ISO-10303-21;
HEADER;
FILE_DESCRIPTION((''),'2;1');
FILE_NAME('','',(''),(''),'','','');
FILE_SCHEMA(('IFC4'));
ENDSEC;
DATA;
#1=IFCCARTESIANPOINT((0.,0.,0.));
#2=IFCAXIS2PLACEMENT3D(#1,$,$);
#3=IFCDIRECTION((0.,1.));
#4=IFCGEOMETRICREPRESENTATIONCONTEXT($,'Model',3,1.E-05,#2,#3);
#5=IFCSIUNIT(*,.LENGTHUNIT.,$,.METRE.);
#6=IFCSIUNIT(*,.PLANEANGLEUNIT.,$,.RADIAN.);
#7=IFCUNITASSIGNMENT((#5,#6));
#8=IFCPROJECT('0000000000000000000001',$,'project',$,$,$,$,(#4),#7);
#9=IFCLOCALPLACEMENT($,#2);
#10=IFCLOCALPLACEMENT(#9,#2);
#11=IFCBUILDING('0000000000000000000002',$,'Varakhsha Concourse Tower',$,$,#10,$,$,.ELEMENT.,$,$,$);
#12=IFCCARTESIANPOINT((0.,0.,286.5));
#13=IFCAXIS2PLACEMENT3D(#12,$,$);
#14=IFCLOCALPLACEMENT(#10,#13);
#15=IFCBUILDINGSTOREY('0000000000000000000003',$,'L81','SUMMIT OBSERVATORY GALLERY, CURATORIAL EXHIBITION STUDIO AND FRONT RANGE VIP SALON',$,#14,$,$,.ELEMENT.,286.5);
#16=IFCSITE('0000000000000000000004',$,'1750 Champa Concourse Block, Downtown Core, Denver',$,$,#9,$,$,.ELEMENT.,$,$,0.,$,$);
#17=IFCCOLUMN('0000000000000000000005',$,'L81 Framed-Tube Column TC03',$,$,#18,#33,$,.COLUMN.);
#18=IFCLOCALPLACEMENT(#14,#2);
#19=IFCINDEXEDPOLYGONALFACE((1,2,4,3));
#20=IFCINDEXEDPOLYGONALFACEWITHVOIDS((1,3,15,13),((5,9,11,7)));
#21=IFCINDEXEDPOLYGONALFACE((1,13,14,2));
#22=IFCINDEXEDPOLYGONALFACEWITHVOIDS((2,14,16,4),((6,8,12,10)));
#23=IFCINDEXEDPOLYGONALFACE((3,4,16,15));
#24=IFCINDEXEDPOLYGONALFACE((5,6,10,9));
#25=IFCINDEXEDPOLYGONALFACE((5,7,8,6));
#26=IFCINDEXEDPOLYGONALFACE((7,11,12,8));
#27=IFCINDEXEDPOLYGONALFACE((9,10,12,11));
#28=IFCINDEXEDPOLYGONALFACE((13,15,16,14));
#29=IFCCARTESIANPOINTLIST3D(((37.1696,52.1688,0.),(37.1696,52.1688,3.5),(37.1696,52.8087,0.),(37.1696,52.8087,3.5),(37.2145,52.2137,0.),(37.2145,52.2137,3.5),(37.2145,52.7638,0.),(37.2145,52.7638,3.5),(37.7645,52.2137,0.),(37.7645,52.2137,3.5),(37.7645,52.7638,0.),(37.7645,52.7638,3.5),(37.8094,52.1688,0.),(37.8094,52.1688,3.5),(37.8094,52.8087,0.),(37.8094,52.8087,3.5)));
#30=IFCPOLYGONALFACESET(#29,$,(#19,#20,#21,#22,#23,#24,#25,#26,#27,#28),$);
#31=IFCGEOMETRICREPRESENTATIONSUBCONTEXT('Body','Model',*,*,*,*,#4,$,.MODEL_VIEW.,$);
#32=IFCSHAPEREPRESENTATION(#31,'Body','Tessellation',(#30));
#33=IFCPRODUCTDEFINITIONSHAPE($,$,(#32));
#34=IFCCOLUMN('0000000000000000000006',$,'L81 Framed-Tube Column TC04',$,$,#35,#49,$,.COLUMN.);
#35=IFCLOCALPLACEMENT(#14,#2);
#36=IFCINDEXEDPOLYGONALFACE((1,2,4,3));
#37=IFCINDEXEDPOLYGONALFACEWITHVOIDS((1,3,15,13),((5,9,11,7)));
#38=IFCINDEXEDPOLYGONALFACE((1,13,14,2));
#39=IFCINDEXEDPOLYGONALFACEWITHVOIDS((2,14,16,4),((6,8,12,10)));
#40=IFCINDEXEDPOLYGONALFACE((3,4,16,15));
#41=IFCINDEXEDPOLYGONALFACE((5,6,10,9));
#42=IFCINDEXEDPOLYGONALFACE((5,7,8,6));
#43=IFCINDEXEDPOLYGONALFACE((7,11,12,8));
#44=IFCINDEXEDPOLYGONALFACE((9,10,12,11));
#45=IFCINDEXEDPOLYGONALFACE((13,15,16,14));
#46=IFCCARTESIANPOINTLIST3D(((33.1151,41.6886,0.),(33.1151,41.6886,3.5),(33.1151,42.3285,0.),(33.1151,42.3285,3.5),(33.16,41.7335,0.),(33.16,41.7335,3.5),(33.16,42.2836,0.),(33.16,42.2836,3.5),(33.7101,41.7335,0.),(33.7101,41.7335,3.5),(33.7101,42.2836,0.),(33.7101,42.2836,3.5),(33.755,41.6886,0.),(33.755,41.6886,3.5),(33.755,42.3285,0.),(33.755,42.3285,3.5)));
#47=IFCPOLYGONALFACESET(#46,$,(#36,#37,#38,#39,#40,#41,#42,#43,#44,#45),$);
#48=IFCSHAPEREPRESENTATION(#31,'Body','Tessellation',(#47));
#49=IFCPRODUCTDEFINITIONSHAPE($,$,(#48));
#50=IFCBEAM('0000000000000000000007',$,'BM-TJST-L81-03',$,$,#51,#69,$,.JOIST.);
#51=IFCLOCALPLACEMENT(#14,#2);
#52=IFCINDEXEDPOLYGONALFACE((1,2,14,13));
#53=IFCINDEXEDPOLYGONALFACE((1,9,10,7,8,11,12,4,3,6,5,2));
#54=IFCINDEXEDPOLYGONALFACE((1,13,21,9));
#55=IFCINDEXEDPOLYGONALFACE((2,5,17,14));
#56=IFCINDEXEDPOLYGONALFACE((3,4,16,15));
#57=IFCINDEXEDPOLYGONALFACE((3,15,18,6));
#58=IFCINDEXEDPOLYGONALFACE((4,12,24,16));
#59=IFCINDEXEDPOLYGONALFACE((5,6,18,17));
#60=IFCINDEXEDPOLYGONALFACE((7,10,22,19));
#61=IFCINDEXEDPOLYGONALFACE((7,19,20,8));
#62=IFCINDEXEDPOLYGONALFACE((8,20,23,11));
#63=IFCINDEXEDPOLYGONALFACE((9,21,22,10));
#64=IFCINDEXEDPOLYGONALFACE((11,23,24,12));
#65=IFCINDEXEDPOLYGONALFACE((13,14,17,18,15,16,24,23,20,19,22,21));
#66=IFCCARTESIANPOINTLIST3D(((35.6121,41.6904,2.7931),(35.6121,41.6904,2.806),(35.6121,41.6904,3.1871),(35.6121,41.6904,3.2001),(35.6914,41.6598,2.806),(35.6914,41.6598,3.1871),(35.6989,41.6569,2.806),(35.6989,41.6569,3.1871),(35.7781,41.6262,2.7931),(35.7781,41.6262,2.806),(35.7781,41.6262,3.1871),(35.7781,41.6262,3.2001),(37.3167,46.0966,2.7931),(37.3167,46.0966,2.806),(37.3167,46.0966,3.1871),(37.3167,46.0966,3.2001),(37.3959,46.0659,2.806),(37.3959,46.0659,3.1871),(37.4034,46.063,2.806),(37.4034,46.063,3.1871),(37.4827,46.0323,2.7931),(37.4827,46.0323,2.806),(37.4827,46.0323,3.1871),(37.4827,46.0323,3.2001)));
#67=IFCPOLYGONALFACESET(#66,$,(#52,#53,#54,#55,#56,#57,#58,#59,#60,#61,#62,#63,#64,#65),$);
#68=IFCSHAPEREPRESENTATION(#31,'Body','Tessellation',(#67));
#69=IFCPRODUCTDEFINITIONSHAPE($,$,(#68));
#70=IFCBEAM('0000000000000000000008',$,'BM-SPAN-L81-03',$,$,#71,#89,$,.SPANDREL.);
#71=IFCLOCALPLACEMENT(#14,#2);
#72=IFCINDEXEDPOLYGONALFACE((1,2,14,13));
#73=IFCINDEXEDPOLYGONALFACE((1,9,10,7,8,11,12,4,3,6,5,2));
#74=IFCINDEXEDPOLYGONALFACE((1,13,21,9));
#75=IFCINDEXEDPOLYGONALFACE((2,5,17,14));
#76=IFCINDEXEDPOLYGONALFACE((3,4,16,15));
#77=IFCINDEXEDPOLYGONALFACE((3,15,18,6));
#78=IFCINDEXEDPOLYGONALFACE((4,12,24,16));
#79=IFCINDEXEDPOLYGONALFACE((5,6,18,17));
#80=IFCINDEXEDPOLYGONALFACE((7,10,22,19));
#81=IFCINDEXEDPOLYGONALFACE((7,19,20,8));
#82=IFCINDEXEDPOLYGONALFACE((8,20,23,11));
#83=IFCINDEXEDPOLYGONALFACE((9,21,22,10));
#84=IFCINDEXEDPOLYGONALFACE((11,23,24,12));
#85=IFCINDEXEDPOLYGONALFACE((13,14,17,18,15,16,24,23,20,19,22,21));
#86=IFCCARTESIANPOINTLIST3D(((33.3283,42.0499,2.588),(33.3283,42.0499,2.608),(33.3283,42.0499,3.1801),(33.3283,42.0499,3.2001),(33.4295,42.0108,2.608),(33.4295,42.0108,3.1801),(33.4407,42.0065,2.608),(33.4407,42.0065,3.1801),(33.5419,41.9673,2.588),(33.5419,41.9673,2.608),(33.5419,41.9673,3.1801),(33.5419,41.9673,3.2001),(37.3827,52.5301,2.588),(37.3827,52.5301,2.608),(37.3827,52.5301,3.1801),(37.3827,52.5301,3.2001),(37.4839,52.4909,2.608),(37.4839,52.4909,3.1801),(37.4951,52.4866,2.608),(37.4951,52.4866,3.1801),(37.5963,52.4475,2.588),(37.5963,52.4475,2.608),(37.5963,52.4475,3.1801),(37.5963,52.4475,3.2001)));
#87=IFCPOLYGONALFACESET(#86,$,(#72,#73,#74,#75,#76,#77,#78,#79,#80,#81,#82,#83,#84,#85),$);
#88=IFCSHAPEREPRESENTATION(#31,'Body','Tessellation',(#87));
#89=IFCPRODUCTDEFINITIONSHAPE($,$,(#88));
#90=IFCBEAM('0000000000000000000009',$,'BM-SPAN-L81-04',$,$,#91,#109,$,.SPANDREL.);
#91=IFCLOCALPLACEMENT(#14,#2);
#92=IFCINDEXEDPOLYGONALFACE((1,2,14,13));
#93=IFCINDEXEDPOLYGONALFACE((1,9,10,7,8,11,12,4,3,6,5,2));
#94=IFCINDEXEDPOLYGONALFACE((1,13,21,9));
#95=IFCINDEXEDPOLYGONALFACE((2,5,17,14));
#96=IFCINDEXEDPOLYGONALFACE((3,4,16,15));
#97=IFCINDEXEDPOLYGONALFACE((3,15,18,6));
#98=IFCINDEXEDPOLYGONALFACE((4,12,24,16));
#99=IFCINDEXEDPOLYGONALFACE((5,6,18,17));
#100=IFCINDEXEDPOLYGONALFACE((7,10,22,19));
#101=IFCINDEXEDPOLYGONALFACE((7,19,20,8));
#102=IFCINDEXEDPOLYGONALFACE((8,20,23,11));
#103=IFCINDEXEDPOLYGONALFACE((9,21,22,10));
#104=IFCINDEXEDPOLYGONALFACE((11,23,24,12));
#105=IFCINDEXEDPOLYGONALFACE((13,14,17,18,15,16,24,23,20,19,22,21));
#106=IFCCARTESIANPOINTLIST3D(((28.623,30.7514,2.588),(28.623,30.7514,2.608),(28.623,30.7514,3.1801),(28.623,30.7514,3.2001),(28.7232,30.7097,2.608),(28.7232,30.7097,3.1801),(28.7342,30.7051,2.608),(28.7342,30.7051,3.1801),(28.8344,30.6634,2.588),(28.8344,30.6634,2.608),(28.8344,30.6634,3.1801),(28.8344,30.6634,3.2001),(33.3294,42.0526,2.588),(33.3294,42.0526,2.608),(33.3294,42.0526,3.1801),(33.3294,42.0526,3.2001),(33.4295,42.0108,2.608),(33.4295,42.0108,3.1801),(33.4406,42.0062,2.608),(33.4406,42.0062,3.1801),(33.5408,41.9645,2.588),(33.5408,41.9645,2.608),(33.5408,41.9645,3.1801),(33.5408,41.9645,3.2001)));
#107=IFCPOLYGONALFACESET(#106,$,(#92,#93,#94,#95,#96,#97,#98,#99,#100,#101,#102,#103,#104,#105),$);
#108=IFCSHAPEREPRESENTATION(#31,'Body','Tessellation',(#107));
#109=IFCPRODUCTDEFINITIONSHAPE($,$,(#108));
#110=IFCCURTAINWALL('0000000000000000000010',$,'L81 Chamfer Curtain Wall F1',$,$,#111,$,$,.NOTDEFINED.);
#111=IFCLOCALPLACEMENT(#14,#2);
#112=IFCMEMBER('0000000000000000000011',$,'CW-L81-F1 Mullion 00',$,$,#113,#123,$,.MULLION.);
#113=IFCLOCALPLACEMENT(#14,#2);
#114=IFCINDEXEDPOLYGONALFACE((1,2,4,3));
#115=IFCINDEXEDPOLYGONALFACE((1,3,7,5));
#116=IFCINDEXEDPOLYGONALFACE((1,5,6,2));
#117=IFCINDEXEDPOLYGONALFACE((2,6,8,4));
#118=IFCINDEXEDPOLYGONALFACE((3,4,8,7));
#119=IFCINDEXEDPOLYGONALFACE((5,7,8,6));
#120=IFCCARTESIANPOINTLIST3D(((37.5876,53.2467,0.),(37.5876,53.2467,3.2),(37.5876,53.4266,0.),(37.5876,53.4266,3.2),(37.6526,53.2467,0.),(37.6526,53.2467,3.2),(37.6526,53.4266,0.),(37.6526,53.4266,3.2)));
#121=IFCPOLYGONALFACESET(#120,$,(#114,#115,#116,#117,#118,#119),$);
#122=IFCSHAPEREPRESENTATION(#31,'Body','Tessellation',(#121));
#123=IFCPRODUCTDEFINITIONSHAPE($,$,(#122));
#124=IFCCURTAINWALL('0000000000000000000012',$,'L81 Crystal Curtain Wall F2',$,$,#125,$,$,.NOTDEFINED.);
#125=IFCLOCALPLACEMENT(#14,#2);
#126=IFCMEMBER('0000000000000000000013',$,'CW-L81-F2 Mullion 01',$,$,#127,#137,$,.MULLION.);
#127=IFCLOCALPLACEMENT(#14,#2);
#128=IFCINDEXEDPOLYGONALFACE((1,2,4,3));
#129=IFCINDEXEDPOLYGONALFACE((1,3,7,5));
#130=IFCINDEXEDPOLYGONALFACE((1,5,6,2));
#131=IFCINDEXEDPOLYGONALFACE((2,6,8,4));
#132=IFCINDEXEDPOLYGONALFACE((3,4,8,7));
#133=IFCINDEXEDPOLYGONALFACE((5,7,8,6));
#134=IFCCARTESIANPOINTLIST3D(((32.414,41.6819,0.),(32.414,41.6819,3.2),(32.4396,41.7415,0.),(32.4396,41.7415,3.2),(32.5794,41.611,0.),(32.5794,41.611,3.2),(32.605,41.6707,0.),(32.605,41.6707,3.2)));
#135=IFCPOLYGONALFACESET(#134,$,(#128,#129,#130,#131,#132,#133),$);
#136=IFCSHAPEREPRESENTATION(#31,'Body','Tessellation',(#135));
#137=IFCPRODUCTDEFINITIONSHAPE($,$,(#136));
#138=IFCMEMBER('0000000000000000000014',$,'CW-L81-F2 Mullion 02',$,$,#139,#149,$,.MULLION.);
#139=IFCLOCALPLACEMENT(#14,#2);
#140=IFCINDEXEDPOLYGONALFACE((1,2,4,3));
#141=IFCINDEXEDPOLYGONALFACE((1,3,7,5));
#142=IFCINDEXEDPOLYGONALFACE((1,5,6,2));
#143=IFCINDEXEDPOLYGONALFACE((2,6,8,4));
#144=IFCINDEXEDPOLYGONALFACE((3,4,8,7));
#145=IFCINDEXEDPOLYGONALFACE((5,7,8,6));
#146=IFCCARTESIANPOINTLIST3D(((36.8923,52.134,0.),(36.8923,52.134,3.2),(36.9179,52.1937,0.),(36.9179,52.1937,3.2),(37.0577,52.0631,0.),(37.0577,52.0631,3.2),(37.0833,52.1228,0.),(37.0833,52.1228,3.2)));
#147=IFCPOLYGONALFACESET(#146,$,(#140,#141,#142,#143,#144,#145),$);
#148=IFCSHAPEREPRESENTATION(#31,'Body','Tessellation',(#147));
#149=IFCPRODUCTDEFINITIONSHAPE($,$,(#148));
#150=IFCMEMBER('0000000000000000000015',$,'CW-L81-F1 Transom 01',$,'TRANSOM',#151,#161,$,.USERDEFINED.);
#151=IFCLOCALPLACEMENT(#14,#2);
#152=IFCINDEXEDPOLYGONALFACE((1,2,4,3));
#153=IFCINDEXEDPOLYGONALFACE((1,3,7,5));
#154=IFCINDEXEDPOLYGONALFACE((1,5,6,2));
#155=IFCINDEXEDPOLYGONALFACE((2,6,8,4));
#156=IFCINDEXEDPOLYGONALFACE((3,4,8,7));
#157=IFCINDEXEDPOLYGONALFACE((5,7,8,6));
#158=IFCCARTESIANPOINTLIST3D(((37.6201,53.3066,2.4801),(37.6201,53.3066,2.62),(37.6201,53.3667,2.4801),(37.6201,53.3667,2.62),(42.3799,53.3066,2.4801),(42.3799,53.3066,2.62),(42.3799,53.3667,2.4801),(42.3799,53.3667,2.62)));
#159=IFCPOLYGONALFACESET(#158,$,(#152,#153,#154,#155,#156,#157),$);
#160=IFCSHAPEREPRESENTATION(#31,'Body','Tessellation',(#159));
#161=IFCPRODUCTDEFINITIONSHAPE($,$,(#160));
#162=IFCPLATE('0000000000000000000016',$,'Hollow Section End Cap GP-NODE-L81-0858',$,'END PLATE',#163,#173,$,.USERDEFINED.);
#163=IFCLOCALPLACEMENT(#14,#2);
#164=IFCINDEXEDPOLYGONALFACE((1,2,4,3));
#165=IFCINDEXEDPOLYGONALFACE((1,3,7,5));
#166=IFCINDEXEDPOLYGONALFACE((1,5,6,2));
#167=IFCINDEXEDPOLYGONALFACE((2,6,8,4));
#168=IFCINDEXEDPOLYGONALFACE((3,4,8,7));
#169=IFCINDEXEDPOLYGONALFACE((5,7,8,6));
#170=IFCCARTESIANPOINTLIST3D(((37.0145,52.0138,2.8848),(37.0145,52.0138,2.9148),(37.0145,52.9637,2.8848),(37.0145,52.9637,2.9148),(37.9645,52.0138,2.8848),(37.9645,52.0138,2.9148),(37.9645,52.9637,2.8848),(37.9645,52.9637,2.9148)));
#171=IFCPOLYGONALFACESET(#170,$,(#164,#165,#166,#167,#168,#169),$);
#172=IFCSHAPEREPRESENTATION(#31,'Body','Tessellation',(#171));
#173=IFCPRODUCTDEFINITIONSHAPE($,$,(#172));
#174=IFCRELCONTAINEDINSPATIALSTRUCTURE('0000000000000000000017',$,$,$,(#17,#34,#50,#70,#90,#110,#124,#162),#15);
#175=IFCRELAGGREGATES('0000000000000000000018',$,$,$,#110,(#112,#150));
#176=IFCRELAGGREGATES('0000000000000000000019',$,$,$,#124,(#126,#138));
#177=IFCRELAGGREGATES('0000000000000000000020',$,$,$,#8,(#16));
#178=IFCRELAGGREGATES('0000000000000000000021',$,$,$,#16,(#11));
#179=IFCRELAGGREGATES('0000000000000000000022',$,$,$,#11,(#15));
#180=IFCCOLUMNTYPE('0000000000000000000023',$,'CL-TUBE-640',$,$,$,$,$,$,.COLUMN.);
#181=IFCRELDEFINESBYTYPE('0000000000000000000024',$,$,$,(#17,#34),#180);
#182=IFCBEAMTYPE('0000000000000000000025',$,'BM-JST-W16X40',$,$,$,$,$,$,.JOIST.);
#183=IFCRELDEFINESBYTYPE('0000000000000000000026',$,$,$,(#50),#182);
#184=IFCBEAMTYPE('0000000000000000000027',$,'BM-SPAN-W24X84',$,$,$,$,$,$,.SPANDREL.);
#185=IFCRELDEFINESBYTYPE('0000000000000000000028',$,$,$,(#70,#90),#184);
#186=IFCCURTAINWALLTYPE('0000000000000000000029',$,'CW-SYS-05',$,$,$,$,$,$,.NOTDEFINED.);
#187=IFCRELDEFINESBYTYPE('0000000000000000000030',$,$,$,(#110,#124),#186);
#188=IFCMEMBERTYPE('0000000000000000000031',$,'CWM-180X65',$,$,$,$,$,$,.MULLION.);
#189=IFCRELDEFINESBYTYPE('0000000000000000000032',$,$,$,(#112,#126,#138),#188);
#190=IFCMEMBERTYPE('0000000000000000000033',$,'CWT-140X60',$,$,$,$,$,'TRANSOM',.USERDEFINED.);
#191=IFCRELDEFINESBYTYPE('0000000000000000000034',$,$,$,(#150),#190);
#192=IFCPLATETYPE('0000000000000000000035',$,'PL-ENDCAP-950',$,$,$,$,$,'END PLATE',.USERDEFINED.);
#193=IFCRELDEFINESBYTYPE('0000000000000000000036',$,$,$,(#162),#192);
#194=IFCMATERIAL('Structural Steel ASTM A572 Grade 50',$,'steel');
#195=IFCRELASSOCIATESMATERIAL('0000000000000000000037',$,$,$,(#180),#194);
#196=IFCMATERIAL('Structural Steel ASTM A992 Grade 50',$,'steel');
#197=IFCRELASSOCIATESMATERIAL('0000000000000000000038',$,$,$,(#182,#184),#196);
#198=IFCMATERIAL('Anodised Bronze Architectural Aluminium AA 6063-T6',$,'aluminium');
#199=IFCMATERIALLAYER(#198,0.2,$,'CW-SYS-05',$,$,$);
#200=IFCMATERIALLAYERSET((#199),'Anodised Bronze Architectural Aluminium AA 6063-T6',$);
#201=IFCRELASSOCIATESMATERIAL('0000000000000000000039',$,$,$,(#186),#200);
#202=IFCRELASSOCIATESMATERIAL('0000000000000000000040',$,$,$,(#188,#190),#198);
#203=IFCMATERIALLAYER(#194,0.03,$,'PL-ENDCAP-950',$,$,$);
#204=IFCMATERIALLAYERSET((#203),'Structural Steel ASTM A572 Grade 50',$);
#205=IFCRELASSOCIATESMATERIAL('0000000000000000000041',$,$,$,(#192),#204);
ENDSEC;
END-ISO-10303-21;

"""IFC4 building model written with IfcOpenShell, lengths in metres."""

from ifc_helpers import new_model, si_unit, direction, frame, origin, origin_2d, place, context, subcontext, project, spatial, rectangle, hollow_rectangle, i_section, extrude, source, transform, mapped, material, layer, layer_set, material_profile, profile_set, type_object, type_shapes, element, aggregate, save


model = new_model("IFC4")

# Units and contexts
model_context = context("Model", 3, precision=1e-05, world=origin(), true_north=direction((0.0, 1.0)))
body_context = subcontext(model_context, "Body", "Model", "MODEL_VIEW")
ifc_project = project(units=[si_unit("LENGTHUNIT", "METRE"), si_unit("PLANEANGLEUNIT", "RADIAN")], contexts=[model_context])

# Site, building, storey
site_placement = place(None, origin())
site = spatial("IfcSite", under=ifc_project, at=site_placement, Name="1750 Champa Concourse Block, Downtown Core, Denver", CompositionType="ELEMENT", RefElevation=0.0)
building_placement = place(site_placement, origin())
building = spatial("IfcBuilding", under=site, at=building_placement, Name="Varakhsha Concourse Tower", CompositionType="ELEMENT")
storey_placement = place(building_placement, frame((0.0, 0.0, 286.5)))
storey = spatial("IfcBuildingStorey", under=building, at=storey_placement, Name="L81", Description="SUMMIT OBSERVATORY GALLERY, CURATORIAL EXHIBITION STUDIO AND FRONT RANGE VIP SALON", CompositionType="ELEMENT", Elevation=286.5)

# Columns
ifc_material_1 = material(Name="Structural Steel ASTM A572 Grade 50", Category="steel")
ifc_material_profile_1 = material_profile(ifc_material_1, hollow_rectangle(XDim=0.6399, YDim=0.6399, WallThickness=0.0449, at=origin_2d()), Name="BOX 640x640x45")
ifc_profile_set_1 = profile_set([ifc_material_profile_1], Name="Structural Steel ASTM A572 Grade 50")
column_type = type_object("IfcColumnType", Name="CL-TUBE-640", PredefinedType="COLUMN", material=ifc_profile_set_1)
for number, where, z_axis, x_axis, name in (
    (1, (37.4895, 52.4888, 0.0), (0.0, 0.0, 1.0), (1.0, 0.0, 0.0), "L81 Framed-Tube Column TC03"),
    (2, (33.4351, 42.0085, 0.0), (0.0, 0.0, 1.0), (1.0, 0.0, 0.0), "L81 Framed-Tube Column TC04"),
):
    element("IfcColumn", number, at=place(storey_placement, frame(where, z_axis=z_axis, x_axis=x_axis)), inside=storey, type_object=column_type, Name=name, PredefinedType="COLUMN", context=body_context, shape_type="SweptSolid", body=[
        extrude(hollow_rectangle(XDim=0.6399, YDim=0.6399, WallThickness=0.0449, at=origin_2d()), origin(), (0.0, 0.0, 1.0), 3.5),
    ])

# Beams
ifc_material_2 = material(Name="Structural Steel ASTM A992 Grade 50", Category="steel")
ifc_material_profile_2 = material_profile(ifc_material_2, i_section(OverallWidth=0.178, OverallDepth=0.407, WebThickness=0.0081, FlangeThickness=0.0129, at=origin_2d()), Name="W16X40")
ifc_profile_set_2 = profile_set([ifc_material_profile_2], Name="Structural Steel ASTM A992 Grade 50")
beam_type_1 = type_object("IfcBeamType", Name="BM-JST-W16X40", PredefinedType="JOIST", material=ifc_profile_set_2)
beam_1_placement = place(storey_placement, frame((37.3997, 46.0645, 2.9966), z_axis=(-0.3608, -0.932643, 0.0), x_axis=(0.932643, -0.3608, 0.0)))
element("IfcBeam", 3, at=beam_1_placement, inside=storey, type_object=beam_type_1, Name="BM-TJST-L81-03", PredefinedType="JOIST", context=body_context, shape_type="SweptSolid", body=[
    extrude(i_section(OverallWidth=0.178, OverallDepth=0.407, WebThickness=0.0081, FlangeThickness=0.0129, at=origin_2d()), origin(), (0.0, 0.0, 1.0), 4.7244),
])
ifc_material_profile_3 = material_profile(ifc_material_2, i_section(OverallWidth=0.229, OverallDepth=0.6121, WebThickness=0.012, FlangeThickness=0.02, at=origin_2d()), Name="W24X84")
ifc_profile_set_3 = profile_set([ifc_material_profile_3], Name="Structural Steel ASTM A992 Grade 50")
beam_type_2 = type_object("IfcBeamType", Name="BM-SPAN-W24X84", PredefinedType="SPANDREL", material=ifc_profile_set_3)
beam_2_placement = place(storey_placement, frame((37.4895, 52.4888, 2.894), z_axis=(-0.360807, -0.932641, 0.0), x_axis=(0.932641, -0.360807, 0.0)))
element("IfcBeam", 4, at=beam_2_placement, inside=storey, type_object=beam_type_2, Name="BM-SPAN-L81-03", PredefinedType="SPANDREL", context=body_context, shape_type="SweptSolid", body=[
    extrude(i_section(OverallWidth=0.229, OverallDepth=0.6121, WebThickness=0.012, FlangeThickness=0.02, at=origin_2d()), origin(), (0.0, 0.0, 1.0), 11.2371),
])
beam_3_placement = place(storey_placement, frame((33.4351, 42.0085, 2.894), z_axis=(-0.384444, -0.923148, 0.0), x_axis=(0.923148, -0.384444, 0.0)))
element("IfcBeam", 5, at=beam_3_placement, inside=storey, type_object=beam_type_2, Name="BM-SPAN-L81-04", PredefinedType="SPANDREL", context=body_context, shape_type="SweptSolid", body=[
    extrude(i_section(OverallWidth=0.229, OverallDepth=0.6121, WebThickness=0.012, FlangeThickness=0.02, at=origin_2d()), origin(), (0.0, 0.0, 1.0), 12.2419),
])

# Curtain wall, member
ifc_material_3 = material(Name="Anodised Bronze Architectural Aluminium AA 6063-T6", Category="aluminium")
ifc_layer_1 = layer(ifc_material_3, 0.2, Name="CW-SYS-05")
ifc_layer_set_1 = layer_set([ifc_layer_1], Name="Anodised Bronze Architectural Aluminium AA 6063-T6")
curtain_wall_type = type_object("IfcCurtainWallType", Name="CW-SYS-05", PredefinedType="NOTDEFINED", material=ifc_layer_set_1)
curtain_wall_1_placement = place(storey_placement, origin())
curtain_wall_1 = element("IfcCurtainWall", 6, at=curtain_wall_1_placement, inside=storey, type_object=curtain_wall_type, Name="L81 Chamfer Curtain Wall F1", PredefinedType="NOTDEFINED")
ifc_material_profile_4 = material_profile(ifc_material_3, rectangle(XDim=0.0649, YDim=0.1799, at=origin_2d()), Name="CWM-180X65")
ifc_profile_set_4 = profile_set([ifc_material_profile_4], Name="Anodised Bronze Architectural Aluminium AA 6063-T6")
member_type_1 = type_object("IfcMemberType", Name="CWM-180X65", PredefinedType="MULLION", material=ifc_profile_set_4)
shared_shape_1 = source(origin(), body_context, "Body", "SweptSolid", [
    extrude(rectangle(XDim=0.0649, YDim=0.1799, at=origin_2d()), origin(), (0.0, 0.0, 1.0), 3.2),
])
type_shapes(member_type_1, [shared_shape_1])
member_1_placement = place(storey_placement, frame((37.6201, 53.3367, 0.0), z_axis=(0.0, 0.0, 1.0), x_axis=(1.0, 0.0, 0.0)))
member_1 = element("IfcMember", 7, at=member_1_placement, type_object=member_type_1, Name="CW-L81-F1 Mullion 00", PredefinedType="MULLION", context=body_context, shape_type="MappedRepresentation", body=[
    mapped(shared_shape_1, transform((0.0, 0.0, 0.0), scale=1.0)),
])

# Curtain wall, members
curtain_wall_2_placement = place(storey_placement, origin())
curtain_wall_2 = element("IfcCurtainWall", 8, at=curtain_wall_2_placement, inside=storey, type_object=curtain_wall_type, Name="L81 Crystal Curtain Wall F2", PredefinedType="NOTDEFINED")
member_2_placement = place(storey_placement, frame((32.5095, 41.6763, 0.0), z_axis=(0.0, 0.0, 1.0), x_axis=(0.393839, 0.919179, 0.0)))
member_2 = element("IfcMember", 9, at=member_2_placement, type_object=member_type_1, Name="CW-L81-F2 Mullion 01", PredefinedType="MULLION", context=body_context, shape_type="MappedRepresentation", body=[
    mapped(shared_shape_1, transform((0.0, 0.0, 0.0), scale=1.0)),
])
member_3_placement = place(storey_placement, frame((36.9878, 52.1284, 0.0), z_axis=(0.0, 0.0, 1.0), x_axis=(0.393839, 0.919179, 0.0)))
member_3 = element("IfcMember", 10, at=member_3_placement, type_object=member_type_1, Name="CW-L81-F2 Mullion 02", PredefinedType="MULLION", context=body_context, shape_type="MappedRepresentation", body=[
    mapped(shared_shape_1, transform((0.0, 0.0, 0.0), scale=1.0)),
])

# Member
ifc_material_profile_5 = material_profile(ifc_material_3, rectangle(XDim=0.0601, YDim=0.1399, at=origin_2d()), Name="CWT-140X60")
ifc_profile_set_5 = profile_set([ifc_material_profile_5], Name="Anodised Bronze Architectural Aluminium AA 6063-T6")
member_type_2 = type_object("IfcMemberType", Name="CWT-140X60", ElementType="TRANSOM", PredefinedType="USERDEFINED", material=ifc_profile_set_5)
shared_shape_2 = source(origin(), body_context, "Body", "SweptSolid", [
    extrude(rectangle(XDim=0.0601, YDim=0.1399, at=origin_2d()), origin(), (0.0, 0.0, 1.0), 4.7598),
])
type_shapes(member_type_2, [shared_shape_2])
member_4_placement = place(storey_placement, frame((37.6201, 53.3367, 2.55), z_axis=(1.0, 0.0, 0.0), x_axis=(0.0, 1.0, 0.0)))
member_4 = element("IfcMember", 11, at=member_4_placement, type_object=member_type_2, Name="CW-L81-F1 Transom 01", ObjectType="TRANSOM", PredefinedType="USERDEFINED", context=body_context, shape_type="MappedRepresentation", body=[
    mapped(shared_shape_2, transform((0.0, 0.0, 0.0), scale=1.0)),
])
aggregate(curtain_wall_1, [member_1, member_4])

# Plate
ifc_layer_2 = layer(ifc_material_1, 0.03, Name="PL-ENDCAP-950")
ifc_layer_set_2 = layer_set([ifc_layer_2], Name="Structural Steel ASTM A572 Grade 50")
plate_type_1 = type_object("IfcPlateType", Name="PL-ENDCAP-950", ElementType="END PLATE", PredefinedType="USERDEFINED", material=ifc_layer_set_2)
shared_shape_3 = source(origin(), body_context, "Body", "SweptSolid", [
    extrude(rectangle(XDim=0.95, YDim=0.95, at=origin_2d()), origin(), (0.0, 0.0, 1.0), 0.03),
])
type_shapes(plate_type_1, [shared_shape_3])
plate_1_placement = place(storey_placement, frame((37.4895, 52.4888, 2.8848), z_axis=(0.0, 0.0, 1.0), x_axis=(1.0, 0.0, 0.0)))
element("IfcPlate", 12, at=plate_1_placement, inside=storey, type_object=plate_type_1, Name="Hollow Section End Cap GP-NODE-L81-0858", ObjectType="END PLATE", PredefinedType="USERDEFINED", context=body_context, shape_type="MappedRepresentation", body=[
    mapped(shared_shape_3, transform((0.0, 0.0, 0.0), scale=1.0)),
])
aggregate(curtain_wall_2, [member_2, member_3])

save(model, "model.ifc")
